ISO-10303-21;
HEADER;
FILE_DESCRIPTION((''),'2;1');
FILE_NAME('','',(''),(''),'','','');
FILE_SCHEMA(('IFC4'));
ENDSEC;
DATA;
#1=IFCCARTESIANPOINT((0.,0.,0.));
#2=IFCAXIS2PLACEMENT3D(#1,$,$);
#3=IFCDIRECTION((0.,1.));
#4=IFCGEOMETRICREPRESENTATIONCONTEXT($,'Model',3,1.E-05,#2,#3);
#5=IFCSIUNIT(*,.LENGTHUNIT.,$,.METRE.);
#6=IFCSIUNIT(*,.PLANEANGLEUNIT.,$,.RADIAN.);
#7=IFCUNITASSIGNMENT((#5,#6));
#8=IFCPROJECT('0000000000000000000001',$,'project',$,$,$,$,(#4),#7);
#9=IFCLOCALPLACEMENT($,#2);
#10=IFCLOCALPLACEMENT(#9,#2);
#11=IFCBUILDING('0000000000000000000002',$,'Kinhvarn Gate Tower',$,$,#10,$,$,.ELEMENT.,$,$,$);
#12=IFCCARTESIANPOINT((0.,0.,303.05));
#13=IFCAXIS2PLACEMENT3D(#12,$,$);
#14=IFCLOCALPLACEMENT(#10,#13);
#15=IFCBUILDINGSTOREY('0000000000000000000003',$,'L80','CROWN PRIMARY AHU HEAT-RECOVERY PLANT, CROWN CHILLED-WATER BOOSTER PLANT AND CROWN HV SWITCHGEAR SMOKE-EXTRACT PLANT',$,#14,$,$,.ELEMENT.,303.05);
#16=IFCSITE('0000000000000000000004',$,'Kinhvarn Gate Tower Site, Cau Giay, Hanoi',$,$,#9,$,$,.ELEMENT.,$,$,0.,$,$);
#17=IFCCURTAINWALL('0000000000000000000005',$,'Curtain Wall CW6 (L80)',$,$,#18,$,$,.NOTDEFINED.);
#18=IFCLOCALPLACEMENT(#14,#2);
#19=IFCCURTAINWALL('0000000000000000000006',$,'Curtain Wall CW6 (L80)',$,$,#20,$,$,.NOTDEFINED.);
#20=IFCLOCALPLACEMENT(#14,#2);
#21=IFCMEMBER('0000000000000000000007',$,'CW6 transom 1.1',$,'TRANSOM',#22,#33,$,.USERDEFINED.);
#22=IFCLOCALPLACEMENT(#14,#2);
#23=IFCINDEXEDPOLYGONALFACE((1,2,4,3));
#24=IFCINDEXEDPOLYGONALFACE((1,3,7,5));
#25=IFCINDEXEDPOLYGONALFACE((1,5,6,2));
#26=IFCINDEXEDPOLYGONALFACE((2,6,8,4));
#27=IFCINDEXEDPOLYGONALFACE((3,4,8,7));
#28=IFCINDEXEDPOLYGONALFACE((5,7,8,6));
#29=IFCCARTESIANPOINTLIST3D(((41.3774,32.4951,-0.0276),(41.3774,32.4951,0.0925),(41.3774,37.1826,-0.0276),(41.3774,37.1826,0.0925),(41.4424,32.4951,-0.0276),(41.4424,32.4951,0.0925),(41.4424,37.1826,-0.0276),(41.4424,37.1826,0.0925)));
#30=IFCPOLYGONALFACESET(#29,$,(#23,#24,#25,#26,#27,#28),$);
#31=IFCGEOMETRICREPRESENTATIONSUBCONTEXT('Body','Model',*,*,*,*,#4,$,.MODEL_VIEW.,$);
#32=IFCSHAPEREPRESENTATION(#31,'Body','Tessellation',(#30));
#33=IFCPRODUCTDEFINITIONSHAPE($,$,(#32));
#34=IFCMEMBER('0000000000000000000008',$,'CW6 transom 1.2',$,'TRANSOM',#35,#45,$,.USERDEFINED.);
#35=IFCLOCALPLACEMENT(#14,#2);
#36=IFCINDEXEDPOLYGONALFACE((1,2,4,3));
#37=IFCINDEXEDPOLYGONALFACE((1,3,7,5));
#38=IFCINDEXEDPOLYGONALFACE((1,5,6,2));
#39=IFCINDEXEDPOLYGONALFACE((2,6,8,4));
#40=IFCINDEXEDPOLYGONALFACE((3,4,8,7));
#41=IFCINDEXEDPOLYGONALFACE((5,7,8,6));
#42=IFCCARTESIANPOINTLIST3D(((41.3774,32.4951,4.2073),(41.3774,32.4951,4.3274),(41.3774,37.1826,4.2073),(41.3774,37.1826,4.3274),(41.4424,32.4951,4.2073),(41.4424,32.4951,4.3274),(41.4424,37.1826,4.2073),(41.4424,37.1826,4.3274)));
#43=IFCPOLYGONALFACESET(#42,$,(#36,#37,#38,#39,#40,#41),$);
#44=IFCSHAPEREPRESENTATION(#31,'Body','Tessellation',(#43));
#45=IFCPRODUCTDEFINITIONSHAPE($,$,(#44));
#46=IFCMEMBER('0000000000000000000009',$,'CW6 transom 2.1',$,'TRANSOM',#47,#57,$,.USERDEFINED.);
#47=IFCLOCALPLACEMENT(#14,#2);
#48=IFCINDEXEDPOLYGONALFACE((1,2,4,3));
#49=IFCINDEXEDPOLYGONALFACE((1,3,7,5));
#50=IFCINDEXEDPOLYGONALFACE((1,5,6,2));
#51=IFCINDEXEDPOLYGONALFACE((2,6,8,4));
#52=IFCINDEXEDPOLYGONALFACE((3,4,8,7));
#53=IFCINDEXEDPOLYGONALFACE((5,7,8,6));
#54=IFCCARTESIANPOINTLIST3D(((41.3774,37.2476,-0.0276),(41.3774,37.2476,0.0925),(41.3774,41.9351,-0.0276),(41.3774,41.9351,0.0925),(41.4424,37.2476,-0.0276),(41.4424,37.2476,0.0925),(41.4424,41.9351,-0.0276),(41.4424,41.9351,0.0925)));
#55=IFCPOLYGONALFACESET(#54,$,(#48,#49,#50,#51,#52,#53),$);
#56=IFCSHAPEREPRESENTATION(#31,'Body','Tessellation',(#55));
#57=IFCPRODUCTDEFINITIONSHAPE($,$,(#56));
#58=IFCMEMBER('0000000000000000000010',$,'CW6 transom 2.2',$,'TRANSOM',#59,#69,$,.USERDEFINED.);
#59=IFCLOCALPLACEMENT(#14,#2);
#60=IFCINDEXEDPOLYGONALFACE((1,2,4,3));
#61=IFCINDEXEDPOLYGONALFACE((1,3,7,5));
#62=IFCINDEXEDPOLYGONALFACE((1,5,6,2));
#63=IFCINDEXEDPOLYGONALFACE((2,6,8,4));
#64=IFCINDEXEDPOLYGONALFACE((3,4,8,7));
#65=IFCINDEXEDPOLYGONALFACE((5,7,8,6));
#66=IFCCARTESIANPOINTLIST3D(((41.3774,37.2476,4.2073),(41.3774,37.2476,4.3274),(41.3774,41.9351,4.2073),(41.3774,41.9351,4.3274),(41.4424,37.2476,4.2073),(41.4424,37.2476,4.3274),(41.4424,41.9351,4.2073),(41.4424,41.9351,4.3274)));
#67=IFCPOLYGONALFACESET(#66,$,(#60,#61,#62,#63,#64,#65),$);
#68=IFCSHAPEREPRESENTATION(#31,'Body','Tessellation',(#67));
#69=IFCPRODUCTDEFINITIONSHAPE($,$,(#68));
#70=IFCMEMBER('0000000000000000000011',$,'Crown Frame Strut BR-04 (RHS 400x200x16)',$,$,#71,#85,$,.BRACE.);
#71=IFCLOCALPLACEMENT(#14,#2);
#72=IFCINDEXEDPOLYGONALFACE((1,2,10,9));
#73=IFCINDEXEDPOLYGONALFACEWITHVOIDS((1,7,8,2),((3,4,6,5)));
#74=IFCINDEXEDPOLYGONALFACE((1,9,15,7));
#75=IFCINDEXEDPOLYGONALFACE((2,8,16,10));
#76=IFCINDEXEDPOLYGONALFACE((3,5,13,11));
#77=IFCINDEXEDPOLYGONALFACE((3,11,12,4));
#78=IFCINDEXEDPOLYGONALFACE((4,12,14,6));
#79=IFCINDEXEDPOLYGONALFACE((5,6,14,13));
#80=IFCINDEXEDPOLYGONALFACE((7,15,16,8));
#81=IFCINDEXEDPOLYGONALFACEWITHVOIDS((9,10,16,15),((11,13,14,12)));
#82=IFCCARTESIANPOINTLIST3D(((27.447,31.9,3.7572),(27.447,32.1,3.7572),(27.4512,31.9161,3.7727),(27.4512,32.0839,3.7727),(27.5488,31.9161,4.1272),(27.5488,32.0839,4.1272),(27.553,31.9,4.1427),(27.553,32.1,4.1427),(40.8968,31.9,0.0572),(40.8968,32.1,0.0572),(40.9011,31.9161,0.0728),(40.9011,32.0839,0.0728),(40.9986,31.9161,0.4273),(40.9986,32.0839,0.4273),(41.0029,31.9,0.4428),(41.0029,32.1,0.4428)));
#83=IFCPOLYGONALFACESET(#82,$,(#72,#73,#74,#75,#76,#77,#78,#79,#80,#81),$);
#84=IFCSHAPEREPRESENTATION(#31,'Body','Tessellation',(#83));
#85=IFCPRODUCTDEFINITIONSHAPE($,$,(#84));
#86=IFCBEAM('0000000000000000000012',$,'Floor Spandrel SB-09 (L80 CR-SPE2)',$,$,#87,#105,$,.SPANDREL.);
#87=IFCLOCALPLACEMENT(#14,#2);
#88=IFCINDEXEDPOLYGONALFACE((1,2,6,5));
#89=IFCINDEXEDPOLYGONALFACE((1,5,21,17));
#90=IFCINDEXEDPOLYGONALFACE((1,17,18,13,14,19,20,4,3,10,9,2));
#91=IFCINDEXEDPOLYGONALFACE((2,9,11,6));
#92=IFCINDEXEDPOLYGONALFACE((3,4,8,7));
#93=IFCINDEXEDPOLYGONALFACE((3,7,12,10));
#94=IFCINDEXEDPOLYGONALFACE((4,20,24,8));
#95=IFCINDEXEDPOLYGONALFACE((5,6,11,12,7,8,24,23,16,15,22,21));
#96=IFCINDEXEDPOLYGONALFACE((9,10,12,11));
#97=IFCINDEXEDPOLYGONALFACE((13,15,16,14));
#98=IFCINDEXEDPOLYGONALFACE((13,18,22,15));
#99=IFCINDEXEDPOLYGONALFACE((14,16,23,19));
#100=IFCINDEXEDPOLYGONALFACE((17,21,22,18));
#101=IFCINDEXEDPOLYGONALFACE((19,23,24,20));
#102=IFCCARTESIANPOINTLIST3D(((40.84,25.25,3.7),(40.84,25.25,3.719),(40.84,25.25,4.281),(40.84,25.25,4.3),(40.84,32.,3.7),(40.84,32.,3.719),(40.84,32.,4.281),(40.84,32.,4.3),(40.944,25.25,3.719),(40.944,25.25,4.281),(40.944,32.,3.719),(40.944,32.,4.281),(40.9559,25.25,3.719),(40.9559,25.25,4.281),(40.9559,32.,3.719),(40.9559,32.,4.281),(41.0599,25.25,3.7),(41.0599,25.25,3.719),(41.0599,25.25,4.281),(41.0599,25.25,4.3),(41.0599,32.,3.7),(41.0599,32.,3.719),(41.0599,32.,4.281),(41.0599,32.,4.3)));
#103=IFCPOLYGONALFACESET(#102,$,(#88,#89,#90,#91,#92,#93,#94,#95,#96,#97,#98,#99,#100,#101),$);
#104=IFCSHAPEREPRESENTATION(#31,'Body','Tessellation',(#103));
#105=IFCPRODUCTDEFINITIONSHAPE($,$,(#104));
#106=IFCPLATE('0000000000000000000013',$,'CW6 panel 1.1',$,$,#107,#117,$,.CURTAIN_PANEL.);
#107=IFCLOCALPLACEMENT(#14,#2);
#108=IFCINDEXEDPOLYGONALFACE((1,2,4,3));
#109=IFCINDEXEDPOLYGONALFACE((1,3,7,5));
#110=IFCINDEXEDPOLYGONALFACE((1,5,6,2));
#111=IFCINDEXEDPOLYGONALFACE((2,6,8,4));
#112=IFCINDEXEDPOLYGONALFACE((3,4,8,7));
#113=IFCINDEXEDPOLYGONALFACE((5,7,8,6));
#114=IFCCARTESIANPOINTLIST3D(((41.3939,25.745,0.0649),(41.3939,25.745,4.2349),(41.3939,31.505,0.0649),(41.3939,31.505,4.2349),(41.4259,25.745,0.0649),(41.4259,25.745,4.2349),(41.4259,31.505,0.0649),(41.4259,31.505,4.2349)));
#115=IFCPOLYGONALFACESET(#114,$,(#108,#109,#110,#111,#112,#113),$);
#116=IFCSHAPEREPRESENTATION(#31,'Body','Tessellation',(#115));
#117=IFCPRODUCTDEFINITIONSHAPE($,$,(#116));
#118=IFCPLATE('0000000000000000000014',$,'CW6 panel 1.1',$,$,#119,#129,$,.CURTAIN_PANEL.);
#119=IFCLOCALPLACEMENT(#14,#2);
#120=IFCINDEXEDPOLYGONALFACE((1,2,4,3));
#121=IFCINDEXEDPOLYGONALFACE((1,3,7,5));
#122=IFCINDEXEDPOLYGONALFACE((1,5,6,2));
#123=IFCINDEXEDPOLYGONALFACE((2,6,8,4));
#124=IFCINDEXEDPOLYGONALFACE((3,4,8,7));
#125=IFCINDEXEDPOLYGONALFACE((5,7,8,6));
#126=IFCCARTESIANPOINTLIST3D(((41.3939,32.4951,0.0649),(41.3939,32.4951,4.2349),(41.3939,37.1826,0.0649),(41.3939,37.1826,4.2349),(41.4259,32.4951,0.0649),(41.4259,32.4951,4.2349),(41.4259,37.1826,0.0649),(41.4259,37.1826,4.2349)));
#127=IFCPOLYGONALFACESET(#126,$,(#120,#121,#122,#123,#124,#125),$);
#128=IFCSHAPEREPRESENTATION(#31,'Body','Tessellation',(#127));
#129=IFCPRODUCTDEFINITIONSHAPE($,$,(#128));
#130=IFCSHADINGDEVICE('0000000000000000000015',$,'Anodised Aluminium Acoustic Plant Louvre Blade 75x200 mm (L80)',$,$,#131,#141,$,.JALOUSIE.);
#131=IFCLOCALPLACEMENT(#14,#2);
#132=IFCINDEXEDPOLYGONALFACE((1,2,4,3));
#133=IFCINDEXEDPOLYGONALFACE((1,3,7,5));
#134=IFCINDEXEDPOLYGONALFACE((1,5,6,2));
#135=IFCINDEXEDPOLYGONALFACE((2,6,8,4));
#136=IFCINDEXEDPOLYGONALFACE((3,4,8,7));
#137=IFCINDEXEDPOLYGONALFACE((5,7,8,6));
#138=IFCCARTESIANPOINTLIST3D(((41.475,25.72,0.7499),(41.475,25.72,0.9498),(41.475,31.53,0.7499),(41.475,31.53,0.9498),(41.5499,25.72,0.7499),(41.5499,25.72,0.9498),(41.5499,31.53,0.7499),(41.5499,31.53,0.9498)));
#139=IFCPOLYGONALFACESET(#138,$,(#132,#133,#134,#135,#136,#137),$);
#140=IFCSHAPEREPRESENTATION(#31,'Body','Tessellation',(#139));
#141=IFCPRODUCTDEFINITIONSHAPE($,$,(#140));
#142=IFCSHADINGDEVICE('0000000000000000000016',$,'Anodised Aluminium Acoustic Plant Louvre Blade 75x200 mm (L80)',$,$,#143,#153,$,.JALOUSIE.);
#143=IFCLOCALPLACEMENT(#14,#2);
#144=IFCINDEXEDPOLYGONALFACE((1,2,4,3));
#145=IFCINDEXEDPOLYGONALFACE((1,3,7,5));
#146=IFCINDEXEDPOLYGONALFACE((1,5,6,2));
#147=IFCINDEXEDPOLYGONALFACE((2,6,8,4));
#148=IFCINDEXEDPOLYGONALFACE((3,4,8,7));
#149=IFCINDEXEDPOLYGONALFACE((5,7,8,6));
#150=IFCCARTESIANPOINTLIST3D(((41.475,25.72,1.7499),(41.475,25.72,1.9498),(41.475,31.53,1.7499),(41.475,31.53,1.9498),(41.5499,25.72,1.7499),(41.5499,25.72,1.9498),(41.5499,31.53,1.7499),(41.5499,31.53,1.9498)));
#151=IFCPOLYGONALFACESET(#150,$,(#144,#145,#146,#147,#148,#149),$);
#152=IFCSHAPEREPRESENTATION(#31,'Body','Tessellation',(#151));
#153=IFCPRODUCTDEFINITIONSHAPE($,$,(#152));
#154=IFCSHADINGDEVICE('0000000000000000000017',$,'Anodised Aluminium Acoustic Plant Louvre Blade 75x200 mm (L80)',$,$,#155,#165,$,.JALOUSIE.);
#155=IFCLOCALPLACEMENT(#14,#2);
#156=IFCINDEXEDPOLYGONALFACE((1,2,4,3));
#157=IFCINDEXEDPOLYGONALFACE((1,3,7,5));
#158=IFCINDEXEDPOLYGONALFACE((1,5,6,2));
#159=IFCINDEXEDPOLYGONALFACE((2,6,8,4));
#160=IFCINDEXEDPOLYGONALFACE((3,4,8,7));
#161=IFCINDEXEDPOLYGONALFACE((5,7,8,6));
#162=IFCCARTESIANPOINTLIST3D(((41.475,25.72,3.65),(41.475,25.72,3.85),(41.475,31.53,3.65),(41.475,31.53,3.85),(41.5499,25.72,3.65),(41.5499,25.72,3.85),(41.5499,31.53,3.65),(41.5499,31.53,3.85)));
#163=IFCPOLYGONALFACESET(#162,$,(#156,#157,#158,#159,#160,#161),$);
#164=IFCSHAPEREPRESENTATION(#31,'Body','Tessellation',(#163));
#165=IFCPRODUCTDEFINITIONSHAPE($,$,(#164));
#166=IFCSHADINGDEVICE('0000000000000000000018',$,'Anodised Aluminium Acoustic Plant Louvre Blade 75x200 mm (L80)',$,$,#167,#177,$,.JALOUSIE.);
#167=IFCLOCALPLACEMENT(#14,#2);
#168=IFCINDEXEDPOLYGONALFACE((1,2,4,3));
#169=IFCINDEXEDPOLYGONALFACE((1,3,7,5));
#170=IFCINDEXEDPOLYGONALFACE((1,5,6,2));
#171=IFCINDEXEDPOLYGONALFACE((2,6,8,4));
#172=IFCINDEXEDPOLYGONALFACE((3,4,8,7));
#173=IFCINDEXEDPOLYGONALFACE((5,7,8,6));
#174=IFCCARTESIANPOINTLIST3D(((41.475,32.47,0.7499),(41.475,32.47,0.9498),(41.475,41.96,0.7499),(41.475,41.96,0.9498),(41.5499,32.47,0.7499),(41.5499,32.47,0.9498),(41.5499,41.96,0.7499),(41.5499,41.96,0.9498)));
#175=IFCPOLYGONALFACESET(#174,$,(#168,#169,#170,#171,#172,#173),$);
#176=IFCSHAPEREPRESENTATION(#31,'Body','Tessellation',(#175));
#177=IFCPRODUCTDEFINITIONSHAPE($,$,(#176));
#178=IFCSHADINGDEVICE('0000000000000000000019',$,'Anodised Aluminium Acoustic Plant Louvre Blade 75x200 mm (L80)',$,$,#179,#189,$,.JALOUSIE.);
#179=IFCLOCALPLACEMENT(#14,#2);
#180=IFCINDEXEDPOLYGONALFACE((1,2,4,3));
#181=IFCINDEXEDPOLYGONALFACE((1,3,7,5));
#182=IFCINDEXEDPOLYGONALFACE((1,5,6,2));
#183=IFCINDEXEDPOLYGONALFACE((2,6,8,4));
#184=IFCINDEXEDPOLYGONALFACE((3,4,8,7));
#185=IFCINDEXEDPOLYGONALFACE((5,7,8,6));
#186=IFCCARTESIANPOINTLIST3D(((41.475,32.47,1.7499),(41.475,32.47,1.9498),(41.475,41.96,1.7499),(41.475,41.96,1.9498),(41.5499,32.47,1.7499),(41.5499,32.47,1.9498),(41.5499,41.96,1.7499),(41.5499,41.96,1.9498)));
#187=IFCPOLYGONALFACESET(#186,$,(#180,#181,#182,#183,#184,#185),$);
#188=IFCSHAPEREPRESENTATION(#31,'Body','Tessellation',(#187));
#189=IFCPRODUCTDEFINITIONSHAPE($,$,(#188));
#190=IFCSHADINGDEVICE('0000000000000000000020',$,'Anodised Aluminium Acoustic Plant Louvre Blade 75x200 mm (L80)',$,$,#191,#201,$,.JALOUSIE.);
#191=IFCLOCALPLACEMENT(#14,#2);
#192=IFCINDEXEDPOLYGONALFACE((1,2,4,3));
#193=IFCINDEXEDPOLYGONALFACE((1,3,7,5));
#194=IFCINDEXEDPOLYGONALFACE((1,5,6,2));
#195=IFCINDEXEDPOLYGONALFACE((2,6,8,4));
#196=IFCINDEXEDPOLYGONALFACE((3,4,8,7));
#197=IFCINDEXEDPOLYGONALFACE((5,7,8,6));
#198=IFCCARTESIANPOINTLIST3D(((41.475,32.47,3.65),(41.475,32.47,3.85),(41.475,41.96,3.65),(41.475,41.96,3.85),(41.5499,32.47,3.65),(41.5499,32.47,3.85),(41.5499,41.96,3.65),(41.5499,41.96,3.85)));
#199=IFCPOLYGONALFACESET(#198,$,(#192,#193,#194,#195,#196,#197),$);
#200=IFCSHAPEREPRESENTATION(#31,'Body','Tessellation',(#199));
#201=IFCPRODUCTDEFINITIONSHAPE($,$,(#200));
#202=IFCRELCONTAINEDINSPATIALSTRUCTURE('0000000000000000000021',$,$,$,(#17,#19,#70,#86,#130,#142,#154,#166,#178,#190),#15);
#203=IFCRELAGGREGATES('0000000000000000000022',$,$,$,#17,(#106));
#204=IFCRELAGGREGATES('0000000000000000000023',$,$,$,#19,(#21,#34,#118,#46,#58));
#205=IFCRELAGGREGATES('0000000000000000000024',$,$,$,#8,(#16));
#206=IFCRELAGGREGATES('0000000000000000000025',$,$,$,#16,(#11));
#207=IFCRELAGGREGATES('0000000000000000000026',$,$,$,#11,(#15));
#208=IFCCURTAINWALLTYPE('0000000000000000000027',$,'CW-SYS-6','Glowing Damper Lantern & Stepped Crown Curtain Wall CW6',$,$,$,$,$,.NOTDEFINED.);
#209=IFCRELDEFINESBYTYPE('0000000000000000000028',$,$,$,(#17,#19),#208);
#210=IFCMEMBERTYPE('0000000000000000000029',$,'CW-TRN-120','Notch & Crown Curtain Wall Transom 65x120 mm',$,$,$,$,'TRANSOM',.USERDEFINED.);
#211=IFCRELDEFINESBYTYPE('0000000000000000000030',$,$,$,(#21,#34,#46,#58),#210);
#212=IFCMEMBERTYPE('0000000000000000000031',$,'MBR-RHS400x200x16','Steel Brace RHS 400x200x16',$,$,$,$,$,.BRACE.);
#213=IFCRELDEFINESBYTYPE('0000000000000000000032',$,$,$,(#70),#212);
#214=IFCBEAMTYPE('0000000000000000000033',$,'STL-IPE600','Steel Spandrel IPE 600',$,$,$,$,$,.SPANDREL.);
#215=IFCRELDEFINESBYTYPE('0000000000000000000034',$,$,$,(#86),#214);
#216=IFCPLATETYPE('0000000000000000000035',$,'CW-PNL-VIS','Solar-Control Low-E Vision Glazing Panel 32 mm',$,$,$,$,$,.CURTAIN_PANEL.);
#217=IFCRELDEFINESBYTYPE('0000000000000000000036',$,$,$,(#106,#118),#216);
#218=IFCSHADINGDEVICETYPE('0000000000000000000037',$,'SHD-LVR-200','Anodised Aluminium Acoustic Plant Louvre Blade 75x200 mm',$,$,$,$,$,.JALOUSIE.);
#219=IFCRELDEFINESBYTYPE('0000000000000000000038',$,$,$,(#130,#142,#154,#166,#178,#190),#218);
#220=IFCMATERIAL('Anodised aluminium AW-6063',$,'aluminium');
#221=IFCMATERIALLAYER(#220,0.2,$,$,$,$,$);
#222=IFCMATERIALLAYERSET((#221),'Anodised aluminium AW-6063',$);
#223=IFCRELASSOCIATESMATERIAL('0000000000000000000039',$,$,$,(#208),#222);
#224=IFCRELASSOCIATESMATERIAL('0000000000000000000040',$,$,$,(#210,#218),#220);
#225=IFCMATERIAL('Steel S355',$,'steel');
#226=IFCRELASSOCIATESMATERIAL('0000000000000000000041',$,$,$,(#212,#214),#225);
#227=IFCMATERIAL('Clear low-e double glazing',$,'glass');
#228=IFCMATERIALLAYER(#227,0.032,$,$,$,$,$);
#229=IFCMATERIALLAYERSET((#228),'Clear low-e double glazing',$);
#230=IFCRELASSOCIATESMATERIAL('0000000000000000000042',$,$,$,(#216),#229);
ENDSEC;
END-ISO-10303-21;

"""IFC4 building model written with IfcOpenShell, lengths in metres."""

from ifc_helpers import new_model, si_unit, direction, frame, origin, origin_2d, place, context, subcontext, project, spatial, rectangle, hollow_rectangle, i_section, extrude, material, layer, layer_set, material_profile, profile_set, type_object, element, aggregate, save


model = new_model("IFC4")

# Units and contexts
model_context = context("Model", 3, precision=1e-05, world=origin(), true_north=direction((0.0, 1.0)))
body_context = subcontext(model_context, "Body", "Model", "MODEL_VIEW")
ifc_project = project(units=[si_unit("LENGTHUNIT", "METRE"), si_unit("PLANEANGLEUNIT", "RADIAN")], contexts=[model_context])

# Site, building, storey
site_placement = place(None, origin())
site = spatial("IfcSite", under=ifc_project, at=site_placement, Name="Kinhvarn Gate Tower Site, Cau Giay, Hanoi", CompositionType="ELEMENT", RefElevation=0.0)
building_placement = place(site_placement, origin())
building = spatial("IfcBuilding", under=site, at=building_placement, Name="Kinhvarn Gate Tower", CompositionType="ELEMENT")
storey_placement = place(building_placement, frame((0.0, 0.0, 303.05)))
storey = spatial("IfcBuildingStorey", under=building, at=storey_placement, Name="L80", Description="CROWN PRIMARY AHU HEAT-RECOVERY PLANT, CROWN CHILLED-WATER BOOSTER PLANT AND CROWN HV SWITCHGEAR SMOKE-EXTRACT PLANT", CompositionType="ELEMENT", Elevation=303.05)

# Curtain walls
ifc_material_1 = material(Name="Anodised aluminium AW-6063", Category="aluminium")
ifc_layer_1 = layer(ifc_material_1, 0.2)
ifc_layer_set_1 = layer_set([ifc_layer_1], Name="Anodised aluminium AW-6063")
curtain_wall_type = type_object("IfcCurtainWallType", Name="CW-SYS-6", Description="Glowing Damper Lantern & Stepped Crown Curtain Wall CW6", PredefinedType="NOTDEFINED", material=ifc_layer_set_1)
curtain_wall_1_placement = place(storey_placement, origin())
curtain_wall_1 = element("IfcCurtainWall", 1, at=curtain_wall_1_placement, inside=storey, type_object=curtain_wall_type, Name="Curtain Wall CW6 (L80)", PredefinedType="NOTDEFINED")
curtain_wall_2_placement = place(storey_placement, origin())
curtain_wall_2 = element("IfcCurtainWall", 2, at=curtain_wall_2_placement, inside=storey, type_object=curtain_wall_type, Name="Curtain Wall CW6 (L80)", PredefinedType="NOTDEFINED")

# Members
ifc_material_profile_1 = material_profile(ifc_material_1, rectangle(XDim=0.0649, YDim=0.1201, at=origin_2d()), Name="ALU 65x120")
ifc_profile_set_1 = profile_set([ifc_material_profile_1], Name="Anodised aluminium AW-6063")
member_type_1 = type_object("IfcMemberType", Name="CW-TRN-120", Description="Notch & Crown Curtain Wall Transom 65x120 mm", ElementType="TRANSOM", PredefinedType="USERDEFINED", material=ifc_profile_set_1)
member_1_placement = place(storey_placement, frame((41.4099, 32.4951, 0.0325), z_axis=(0.0, 1.0, 0.0), x_axis=(-1.0, 0.0, 0.0)))
member_1 = element("IfcMember", 3, at=member_1_placement, type_object=member_type_1, Name="CW6 transom 1.1", ObjectType="TRANSOM", PredefinedType="USERDEFINED", context=body_context, shape_type="SweptSolid", body=[
    extrude(rectangle(XDim=0.0649, YDim=0.1201, at=origin_2d()), origin(), (0.0, 0.0, 1.0), 4.6875),
])
member_2_placement = place(storey_placement, frame((41.4099, 32.4951, 4.2673), z_axis=(0.0, 1.0, 0.0), x_axis=(-1.0, 0.0, 0.0)))
member_2 = element("IfcMember", 4, at=member_2_placement, type_object=member_type_1, Name="CW6 transom 1.2", ObjectType="TRANSOM", PredefinedType="USERDEFINED", context=body_context, shape_type="SweptSolid", body=[
    extrude(rectangle(XDim=0.0649, YDim=0.1201, at=origin_2d()), origin(), (0.0, 0.0, 1.0), 4.6875),
])
member_3_placement = place(storey_placement, frame((41.4099, 37.2476, 0.0325), z_axis=(0.0, 1.0, 0.0), x_axis=(-1.0, 0.0, 0.0)))
member_3 = element("IfcMember", 5, at=member_3_placement, type_object=member_type_1, Name="CW6 transom 2.1", ObjectType="TRANSOM", PredefinedType="USERDEFINED", context=body_context, shape_type="SweptSolid", body=[
    extrude(rectangle(XDim=0.0649, YDim=0.1201, at=origin_2d()), origin(), (0.0, 0.0, 1.0), 4.6875),
])
member_4_placement = place(storey_placement, frame((41.4099, 37.2476, 4.2673), z_axis=(0.0, 1.0, 0.0), x_axis=(-1.0, 0.0, 0.0)))
member_4 = element("IfcMember", 6, at=member_4_placement, type_object=member_type_1, Name="CW6 transom 2.2", ObjectType="TRANSOM", PredefinedType="USERDEFINED", context=body_context, shape_type="SweptSolid", body=[
    extrude(rectangle(XDim=0.0649, YDim=0.1201, at=origin_2d()), origin(), (0.0, 0.0, 1.0), 4.6875),
])
ifc_material_2 = material(Name="Steel S355", Category="steel")
ifc_material_profile_2 = material_profile(ifc_material_2, hollow_rectangle(XDim=0.2, YDim=0.3999, WallThickness=0.0161, at=origin_2d()), Name="RHS 400x200x16")
ifc_profile_set_2 = profile_set([ifc_material_profile_2], Name="Steel S355")
member_type_2 = type_object("IfcMemberType", Name="MBR-RHS400x200x16", Description="Steel Brace RHS 400x200x16", PredefinedType="BRACE", material=ifc_profile_set_2)
member_5_placement = place(storey_placement, frame((27.5, 32.0, 3.95), z_axis=(0.964183, 0.0, -0.265237), x_axis=(0.0, 1.0, 0.0)))
element("IfcMember", 7, at=member_5_placement, inside=storey, type_object=member_type_2, Name="Crown Frame Strut BR-04 (RHS 400x200x16)", PredefinedType="BRACE", context=body_context, shape_type="SweptSolid", body=[
    extrude(hollow_rectangle(XDim=0.2, YDim=0.3999, WallThickness=0.0161, at=origin_2d()), origin(), (0.0, 0.0, 1.0), 13.9495),
])

# Beam
ifc_material_profile_3 = material_profile(ifc_material_2, i_section(OverallWidth=0.22, OverallDepth=0.6001, WebThickness=0.012, FlangeThickness=0.019, at=origin_2d()), Name="IPE 600")
ifc_profile_set_3 = profile_set([ifc_material_profile_3], Name="Steel S355")
beam_type_1 = type_object("IfcBeamType", Name="STL-IPE600", Description="Steel Spandrel IPE 600", PredefinedType="SPANDREL", material=ifc_profile_set_3)
beam_1_placement = place(storey_placement, frame((40.95, 25.25, 4.0), z_axis=(0.0, 1.0, 0.0), x_axis=(-1.0, 0.0, 0.0)))
element("IfcBeam", 8, at=beam_1_placement, inside=storey, type_object=beam_type_1, Name="Floor Spandrel SB-09 (L80 CR-SPE2)", PredefinedType="SPANDREL", context=body_context, shape_type="SweptSolid", body=[
    extrude(i_section(OverallWidth=0.22, OverallDepth=0.6001, WebThickness=0.012, FlangeThickness=0.019, at=origin_2d()), origin(), (0.0, 0.0, 1.0), 6.75),
])

# Plates
ifc_material_3 = material(Name="Clear low-e double glazing", Category="glass")
ifc_layer_2 = layer(ifc_material_3, 0.032)
ifc_layer_set_2 = layer_set([ifc_layer_2], Name="Clear low-e double glazing")
plate_type = type_object("IfcPlateType", Name="CW-PNL-VIS", Description="Solar-Control Low-E Vision Glazing Panel 32 mm", PredefinedType="CURTAIN_PANEL", material=ifc_layer_set_2)
plate_1_placement = place(storey_placement, frame((41.4099, 28.625, 0.0649), z_axis=(0.0, 0.0, 1.0), x_axis=(0.0, 1.0, 0.0)))
plate_1 = element("IfcPlate", 9, at=plate_1_placement, type_object=plate_type, Name="CW6 panel 1.1", PredefinedType="CURTAIN_PANEL", context=body_context, shape_type="SweptSolid", body=[
    extrude(rectangle(XDim=5.76, YDim=0.032, at=origin_2d()), origin(), (0.0, 0.0, 1.0), 4.1699),
])
aggregate(curtain_wall_1, [plate_1])
plate_2_placement = place(storey_placement, frame((41.4099, 34.8389, 0.0649), z_axis=(0.0, 0.0, 1.0), x_axis=(0.0, 1.0, 0.0)))
plate_2 = element("IfcPlate", 10, at=plate_2_placement, type_object=plate_type, Name="CW6 panel 1.1", PredefinedType="CURTAIN_PANEL", context=body_context, shape_type="SweptSolid", body=[
    extrude(rectangle(XDim=4.6875, YDim=0.032, at=origin_2d()), origin(), (0.0, 0.0, 1.0), 4.1699),
])
aggregate(curtain_wall_2, [member_1, member_2, plate_2, member_3, member_4])

# Shading devices
ifc_material_profile_4 = material_profile(ifc_material_1, rectangle(XDim=0.075, YDim=0.2, at=origin_2d()), Name="LOUVRE 75x200")
ifc_profile_set_4 = profile_set([ifc_material_profile_4], Name="Anodised aluminium AW-6063")
shading_device_type = type_object("IfcShadingDeviceType", Name="SHD-LVR-200", Description="Anodised Aluminium Acoustic Plant Louvre Blade 75x200 mm", PredefinedType="JALOUSIE", material=ifc_profile_set_4)
for number, where, z_axis, x_axis, name in (
    (11, (41.5125, 25.72, 0.8499), (0.0, 1.0, 0.0), (-1.0, 0.0, 0.0), "Anodised Aluminium Acoustic Plant Louvre Blade 75x200 mm (L80)"),
    (12, (41.5125, 25.72, 1.8499), (0.0, 1.0, 0.0), (-1.0, 0.0, 0.0), "Anodised Aluminium Acoustic Plant Louvre Blade 75x200 mm (L80)"),
    (13, (41.5125, 25.72, 3.75), (0.0, 1.0, 0.0), (-1.0, 0.0, 0.0), "Anodised Aluminium Acoustic Plant Louvre Blade 75x200 mm (L80)"),
):
    element("IfcShadingDevice", number, at=place(storey_placement, frame(where, z_axis=z_axis, x_axis=x_axis)), inside=storey, type_object=shading_device_type, Name=name, PredefinedType="JALOUSIE", context=body_context, shape_type="SweptSolid", body=[
        extrude(rectangle(XDim=0.075, YDim=0.2, at=origin_2d()), origin(), (0.0, 0.0, 1.0), 5.8101),
    ])
for number, where, z_axis, x_axis, name in (
    (14, (41.5125, 32.47, 0.8499), (0.0, 1.0, 0.0), (-1.0, 0.0, 0.0), "Anodised Aluminium Acoustic Plant Louvre Blade 75x200 mm (L80)"),
    (15, (41.5125, 32.47, 1.8499), (0.0, 1.0, 0.0), (-1.0, 0.0, 0.0), "Anodised Aluminium Acoustic Plant Louvre Blade 75x200 mm (L80)"),
    (16, (41.5125, 32.47, 3.75), (0.0, 1.0, 0.0), (-1.0, 0.0, 0.0), "Anodised Aluminium Acoustic Plant Louvre Blade 75x200 mm (L80)"),
):
    element("IfcShadingDevice", number, at=place(storey_placement, frame(where, z_axis=z_axis, x_axis=x_axis)), inside=storey, type_object=shading_device_type, Name=name, PredefinedType="JALOUSIE", context=body_context, shape_type="SweptSolid", body=[
        extrude(rectangle(XDim=0.075, YDim=0.2, at=origin_2d()), origin(), (0.0, 0.0, 1.0), 9.49),
    ])

save(model, "model.ifc")
